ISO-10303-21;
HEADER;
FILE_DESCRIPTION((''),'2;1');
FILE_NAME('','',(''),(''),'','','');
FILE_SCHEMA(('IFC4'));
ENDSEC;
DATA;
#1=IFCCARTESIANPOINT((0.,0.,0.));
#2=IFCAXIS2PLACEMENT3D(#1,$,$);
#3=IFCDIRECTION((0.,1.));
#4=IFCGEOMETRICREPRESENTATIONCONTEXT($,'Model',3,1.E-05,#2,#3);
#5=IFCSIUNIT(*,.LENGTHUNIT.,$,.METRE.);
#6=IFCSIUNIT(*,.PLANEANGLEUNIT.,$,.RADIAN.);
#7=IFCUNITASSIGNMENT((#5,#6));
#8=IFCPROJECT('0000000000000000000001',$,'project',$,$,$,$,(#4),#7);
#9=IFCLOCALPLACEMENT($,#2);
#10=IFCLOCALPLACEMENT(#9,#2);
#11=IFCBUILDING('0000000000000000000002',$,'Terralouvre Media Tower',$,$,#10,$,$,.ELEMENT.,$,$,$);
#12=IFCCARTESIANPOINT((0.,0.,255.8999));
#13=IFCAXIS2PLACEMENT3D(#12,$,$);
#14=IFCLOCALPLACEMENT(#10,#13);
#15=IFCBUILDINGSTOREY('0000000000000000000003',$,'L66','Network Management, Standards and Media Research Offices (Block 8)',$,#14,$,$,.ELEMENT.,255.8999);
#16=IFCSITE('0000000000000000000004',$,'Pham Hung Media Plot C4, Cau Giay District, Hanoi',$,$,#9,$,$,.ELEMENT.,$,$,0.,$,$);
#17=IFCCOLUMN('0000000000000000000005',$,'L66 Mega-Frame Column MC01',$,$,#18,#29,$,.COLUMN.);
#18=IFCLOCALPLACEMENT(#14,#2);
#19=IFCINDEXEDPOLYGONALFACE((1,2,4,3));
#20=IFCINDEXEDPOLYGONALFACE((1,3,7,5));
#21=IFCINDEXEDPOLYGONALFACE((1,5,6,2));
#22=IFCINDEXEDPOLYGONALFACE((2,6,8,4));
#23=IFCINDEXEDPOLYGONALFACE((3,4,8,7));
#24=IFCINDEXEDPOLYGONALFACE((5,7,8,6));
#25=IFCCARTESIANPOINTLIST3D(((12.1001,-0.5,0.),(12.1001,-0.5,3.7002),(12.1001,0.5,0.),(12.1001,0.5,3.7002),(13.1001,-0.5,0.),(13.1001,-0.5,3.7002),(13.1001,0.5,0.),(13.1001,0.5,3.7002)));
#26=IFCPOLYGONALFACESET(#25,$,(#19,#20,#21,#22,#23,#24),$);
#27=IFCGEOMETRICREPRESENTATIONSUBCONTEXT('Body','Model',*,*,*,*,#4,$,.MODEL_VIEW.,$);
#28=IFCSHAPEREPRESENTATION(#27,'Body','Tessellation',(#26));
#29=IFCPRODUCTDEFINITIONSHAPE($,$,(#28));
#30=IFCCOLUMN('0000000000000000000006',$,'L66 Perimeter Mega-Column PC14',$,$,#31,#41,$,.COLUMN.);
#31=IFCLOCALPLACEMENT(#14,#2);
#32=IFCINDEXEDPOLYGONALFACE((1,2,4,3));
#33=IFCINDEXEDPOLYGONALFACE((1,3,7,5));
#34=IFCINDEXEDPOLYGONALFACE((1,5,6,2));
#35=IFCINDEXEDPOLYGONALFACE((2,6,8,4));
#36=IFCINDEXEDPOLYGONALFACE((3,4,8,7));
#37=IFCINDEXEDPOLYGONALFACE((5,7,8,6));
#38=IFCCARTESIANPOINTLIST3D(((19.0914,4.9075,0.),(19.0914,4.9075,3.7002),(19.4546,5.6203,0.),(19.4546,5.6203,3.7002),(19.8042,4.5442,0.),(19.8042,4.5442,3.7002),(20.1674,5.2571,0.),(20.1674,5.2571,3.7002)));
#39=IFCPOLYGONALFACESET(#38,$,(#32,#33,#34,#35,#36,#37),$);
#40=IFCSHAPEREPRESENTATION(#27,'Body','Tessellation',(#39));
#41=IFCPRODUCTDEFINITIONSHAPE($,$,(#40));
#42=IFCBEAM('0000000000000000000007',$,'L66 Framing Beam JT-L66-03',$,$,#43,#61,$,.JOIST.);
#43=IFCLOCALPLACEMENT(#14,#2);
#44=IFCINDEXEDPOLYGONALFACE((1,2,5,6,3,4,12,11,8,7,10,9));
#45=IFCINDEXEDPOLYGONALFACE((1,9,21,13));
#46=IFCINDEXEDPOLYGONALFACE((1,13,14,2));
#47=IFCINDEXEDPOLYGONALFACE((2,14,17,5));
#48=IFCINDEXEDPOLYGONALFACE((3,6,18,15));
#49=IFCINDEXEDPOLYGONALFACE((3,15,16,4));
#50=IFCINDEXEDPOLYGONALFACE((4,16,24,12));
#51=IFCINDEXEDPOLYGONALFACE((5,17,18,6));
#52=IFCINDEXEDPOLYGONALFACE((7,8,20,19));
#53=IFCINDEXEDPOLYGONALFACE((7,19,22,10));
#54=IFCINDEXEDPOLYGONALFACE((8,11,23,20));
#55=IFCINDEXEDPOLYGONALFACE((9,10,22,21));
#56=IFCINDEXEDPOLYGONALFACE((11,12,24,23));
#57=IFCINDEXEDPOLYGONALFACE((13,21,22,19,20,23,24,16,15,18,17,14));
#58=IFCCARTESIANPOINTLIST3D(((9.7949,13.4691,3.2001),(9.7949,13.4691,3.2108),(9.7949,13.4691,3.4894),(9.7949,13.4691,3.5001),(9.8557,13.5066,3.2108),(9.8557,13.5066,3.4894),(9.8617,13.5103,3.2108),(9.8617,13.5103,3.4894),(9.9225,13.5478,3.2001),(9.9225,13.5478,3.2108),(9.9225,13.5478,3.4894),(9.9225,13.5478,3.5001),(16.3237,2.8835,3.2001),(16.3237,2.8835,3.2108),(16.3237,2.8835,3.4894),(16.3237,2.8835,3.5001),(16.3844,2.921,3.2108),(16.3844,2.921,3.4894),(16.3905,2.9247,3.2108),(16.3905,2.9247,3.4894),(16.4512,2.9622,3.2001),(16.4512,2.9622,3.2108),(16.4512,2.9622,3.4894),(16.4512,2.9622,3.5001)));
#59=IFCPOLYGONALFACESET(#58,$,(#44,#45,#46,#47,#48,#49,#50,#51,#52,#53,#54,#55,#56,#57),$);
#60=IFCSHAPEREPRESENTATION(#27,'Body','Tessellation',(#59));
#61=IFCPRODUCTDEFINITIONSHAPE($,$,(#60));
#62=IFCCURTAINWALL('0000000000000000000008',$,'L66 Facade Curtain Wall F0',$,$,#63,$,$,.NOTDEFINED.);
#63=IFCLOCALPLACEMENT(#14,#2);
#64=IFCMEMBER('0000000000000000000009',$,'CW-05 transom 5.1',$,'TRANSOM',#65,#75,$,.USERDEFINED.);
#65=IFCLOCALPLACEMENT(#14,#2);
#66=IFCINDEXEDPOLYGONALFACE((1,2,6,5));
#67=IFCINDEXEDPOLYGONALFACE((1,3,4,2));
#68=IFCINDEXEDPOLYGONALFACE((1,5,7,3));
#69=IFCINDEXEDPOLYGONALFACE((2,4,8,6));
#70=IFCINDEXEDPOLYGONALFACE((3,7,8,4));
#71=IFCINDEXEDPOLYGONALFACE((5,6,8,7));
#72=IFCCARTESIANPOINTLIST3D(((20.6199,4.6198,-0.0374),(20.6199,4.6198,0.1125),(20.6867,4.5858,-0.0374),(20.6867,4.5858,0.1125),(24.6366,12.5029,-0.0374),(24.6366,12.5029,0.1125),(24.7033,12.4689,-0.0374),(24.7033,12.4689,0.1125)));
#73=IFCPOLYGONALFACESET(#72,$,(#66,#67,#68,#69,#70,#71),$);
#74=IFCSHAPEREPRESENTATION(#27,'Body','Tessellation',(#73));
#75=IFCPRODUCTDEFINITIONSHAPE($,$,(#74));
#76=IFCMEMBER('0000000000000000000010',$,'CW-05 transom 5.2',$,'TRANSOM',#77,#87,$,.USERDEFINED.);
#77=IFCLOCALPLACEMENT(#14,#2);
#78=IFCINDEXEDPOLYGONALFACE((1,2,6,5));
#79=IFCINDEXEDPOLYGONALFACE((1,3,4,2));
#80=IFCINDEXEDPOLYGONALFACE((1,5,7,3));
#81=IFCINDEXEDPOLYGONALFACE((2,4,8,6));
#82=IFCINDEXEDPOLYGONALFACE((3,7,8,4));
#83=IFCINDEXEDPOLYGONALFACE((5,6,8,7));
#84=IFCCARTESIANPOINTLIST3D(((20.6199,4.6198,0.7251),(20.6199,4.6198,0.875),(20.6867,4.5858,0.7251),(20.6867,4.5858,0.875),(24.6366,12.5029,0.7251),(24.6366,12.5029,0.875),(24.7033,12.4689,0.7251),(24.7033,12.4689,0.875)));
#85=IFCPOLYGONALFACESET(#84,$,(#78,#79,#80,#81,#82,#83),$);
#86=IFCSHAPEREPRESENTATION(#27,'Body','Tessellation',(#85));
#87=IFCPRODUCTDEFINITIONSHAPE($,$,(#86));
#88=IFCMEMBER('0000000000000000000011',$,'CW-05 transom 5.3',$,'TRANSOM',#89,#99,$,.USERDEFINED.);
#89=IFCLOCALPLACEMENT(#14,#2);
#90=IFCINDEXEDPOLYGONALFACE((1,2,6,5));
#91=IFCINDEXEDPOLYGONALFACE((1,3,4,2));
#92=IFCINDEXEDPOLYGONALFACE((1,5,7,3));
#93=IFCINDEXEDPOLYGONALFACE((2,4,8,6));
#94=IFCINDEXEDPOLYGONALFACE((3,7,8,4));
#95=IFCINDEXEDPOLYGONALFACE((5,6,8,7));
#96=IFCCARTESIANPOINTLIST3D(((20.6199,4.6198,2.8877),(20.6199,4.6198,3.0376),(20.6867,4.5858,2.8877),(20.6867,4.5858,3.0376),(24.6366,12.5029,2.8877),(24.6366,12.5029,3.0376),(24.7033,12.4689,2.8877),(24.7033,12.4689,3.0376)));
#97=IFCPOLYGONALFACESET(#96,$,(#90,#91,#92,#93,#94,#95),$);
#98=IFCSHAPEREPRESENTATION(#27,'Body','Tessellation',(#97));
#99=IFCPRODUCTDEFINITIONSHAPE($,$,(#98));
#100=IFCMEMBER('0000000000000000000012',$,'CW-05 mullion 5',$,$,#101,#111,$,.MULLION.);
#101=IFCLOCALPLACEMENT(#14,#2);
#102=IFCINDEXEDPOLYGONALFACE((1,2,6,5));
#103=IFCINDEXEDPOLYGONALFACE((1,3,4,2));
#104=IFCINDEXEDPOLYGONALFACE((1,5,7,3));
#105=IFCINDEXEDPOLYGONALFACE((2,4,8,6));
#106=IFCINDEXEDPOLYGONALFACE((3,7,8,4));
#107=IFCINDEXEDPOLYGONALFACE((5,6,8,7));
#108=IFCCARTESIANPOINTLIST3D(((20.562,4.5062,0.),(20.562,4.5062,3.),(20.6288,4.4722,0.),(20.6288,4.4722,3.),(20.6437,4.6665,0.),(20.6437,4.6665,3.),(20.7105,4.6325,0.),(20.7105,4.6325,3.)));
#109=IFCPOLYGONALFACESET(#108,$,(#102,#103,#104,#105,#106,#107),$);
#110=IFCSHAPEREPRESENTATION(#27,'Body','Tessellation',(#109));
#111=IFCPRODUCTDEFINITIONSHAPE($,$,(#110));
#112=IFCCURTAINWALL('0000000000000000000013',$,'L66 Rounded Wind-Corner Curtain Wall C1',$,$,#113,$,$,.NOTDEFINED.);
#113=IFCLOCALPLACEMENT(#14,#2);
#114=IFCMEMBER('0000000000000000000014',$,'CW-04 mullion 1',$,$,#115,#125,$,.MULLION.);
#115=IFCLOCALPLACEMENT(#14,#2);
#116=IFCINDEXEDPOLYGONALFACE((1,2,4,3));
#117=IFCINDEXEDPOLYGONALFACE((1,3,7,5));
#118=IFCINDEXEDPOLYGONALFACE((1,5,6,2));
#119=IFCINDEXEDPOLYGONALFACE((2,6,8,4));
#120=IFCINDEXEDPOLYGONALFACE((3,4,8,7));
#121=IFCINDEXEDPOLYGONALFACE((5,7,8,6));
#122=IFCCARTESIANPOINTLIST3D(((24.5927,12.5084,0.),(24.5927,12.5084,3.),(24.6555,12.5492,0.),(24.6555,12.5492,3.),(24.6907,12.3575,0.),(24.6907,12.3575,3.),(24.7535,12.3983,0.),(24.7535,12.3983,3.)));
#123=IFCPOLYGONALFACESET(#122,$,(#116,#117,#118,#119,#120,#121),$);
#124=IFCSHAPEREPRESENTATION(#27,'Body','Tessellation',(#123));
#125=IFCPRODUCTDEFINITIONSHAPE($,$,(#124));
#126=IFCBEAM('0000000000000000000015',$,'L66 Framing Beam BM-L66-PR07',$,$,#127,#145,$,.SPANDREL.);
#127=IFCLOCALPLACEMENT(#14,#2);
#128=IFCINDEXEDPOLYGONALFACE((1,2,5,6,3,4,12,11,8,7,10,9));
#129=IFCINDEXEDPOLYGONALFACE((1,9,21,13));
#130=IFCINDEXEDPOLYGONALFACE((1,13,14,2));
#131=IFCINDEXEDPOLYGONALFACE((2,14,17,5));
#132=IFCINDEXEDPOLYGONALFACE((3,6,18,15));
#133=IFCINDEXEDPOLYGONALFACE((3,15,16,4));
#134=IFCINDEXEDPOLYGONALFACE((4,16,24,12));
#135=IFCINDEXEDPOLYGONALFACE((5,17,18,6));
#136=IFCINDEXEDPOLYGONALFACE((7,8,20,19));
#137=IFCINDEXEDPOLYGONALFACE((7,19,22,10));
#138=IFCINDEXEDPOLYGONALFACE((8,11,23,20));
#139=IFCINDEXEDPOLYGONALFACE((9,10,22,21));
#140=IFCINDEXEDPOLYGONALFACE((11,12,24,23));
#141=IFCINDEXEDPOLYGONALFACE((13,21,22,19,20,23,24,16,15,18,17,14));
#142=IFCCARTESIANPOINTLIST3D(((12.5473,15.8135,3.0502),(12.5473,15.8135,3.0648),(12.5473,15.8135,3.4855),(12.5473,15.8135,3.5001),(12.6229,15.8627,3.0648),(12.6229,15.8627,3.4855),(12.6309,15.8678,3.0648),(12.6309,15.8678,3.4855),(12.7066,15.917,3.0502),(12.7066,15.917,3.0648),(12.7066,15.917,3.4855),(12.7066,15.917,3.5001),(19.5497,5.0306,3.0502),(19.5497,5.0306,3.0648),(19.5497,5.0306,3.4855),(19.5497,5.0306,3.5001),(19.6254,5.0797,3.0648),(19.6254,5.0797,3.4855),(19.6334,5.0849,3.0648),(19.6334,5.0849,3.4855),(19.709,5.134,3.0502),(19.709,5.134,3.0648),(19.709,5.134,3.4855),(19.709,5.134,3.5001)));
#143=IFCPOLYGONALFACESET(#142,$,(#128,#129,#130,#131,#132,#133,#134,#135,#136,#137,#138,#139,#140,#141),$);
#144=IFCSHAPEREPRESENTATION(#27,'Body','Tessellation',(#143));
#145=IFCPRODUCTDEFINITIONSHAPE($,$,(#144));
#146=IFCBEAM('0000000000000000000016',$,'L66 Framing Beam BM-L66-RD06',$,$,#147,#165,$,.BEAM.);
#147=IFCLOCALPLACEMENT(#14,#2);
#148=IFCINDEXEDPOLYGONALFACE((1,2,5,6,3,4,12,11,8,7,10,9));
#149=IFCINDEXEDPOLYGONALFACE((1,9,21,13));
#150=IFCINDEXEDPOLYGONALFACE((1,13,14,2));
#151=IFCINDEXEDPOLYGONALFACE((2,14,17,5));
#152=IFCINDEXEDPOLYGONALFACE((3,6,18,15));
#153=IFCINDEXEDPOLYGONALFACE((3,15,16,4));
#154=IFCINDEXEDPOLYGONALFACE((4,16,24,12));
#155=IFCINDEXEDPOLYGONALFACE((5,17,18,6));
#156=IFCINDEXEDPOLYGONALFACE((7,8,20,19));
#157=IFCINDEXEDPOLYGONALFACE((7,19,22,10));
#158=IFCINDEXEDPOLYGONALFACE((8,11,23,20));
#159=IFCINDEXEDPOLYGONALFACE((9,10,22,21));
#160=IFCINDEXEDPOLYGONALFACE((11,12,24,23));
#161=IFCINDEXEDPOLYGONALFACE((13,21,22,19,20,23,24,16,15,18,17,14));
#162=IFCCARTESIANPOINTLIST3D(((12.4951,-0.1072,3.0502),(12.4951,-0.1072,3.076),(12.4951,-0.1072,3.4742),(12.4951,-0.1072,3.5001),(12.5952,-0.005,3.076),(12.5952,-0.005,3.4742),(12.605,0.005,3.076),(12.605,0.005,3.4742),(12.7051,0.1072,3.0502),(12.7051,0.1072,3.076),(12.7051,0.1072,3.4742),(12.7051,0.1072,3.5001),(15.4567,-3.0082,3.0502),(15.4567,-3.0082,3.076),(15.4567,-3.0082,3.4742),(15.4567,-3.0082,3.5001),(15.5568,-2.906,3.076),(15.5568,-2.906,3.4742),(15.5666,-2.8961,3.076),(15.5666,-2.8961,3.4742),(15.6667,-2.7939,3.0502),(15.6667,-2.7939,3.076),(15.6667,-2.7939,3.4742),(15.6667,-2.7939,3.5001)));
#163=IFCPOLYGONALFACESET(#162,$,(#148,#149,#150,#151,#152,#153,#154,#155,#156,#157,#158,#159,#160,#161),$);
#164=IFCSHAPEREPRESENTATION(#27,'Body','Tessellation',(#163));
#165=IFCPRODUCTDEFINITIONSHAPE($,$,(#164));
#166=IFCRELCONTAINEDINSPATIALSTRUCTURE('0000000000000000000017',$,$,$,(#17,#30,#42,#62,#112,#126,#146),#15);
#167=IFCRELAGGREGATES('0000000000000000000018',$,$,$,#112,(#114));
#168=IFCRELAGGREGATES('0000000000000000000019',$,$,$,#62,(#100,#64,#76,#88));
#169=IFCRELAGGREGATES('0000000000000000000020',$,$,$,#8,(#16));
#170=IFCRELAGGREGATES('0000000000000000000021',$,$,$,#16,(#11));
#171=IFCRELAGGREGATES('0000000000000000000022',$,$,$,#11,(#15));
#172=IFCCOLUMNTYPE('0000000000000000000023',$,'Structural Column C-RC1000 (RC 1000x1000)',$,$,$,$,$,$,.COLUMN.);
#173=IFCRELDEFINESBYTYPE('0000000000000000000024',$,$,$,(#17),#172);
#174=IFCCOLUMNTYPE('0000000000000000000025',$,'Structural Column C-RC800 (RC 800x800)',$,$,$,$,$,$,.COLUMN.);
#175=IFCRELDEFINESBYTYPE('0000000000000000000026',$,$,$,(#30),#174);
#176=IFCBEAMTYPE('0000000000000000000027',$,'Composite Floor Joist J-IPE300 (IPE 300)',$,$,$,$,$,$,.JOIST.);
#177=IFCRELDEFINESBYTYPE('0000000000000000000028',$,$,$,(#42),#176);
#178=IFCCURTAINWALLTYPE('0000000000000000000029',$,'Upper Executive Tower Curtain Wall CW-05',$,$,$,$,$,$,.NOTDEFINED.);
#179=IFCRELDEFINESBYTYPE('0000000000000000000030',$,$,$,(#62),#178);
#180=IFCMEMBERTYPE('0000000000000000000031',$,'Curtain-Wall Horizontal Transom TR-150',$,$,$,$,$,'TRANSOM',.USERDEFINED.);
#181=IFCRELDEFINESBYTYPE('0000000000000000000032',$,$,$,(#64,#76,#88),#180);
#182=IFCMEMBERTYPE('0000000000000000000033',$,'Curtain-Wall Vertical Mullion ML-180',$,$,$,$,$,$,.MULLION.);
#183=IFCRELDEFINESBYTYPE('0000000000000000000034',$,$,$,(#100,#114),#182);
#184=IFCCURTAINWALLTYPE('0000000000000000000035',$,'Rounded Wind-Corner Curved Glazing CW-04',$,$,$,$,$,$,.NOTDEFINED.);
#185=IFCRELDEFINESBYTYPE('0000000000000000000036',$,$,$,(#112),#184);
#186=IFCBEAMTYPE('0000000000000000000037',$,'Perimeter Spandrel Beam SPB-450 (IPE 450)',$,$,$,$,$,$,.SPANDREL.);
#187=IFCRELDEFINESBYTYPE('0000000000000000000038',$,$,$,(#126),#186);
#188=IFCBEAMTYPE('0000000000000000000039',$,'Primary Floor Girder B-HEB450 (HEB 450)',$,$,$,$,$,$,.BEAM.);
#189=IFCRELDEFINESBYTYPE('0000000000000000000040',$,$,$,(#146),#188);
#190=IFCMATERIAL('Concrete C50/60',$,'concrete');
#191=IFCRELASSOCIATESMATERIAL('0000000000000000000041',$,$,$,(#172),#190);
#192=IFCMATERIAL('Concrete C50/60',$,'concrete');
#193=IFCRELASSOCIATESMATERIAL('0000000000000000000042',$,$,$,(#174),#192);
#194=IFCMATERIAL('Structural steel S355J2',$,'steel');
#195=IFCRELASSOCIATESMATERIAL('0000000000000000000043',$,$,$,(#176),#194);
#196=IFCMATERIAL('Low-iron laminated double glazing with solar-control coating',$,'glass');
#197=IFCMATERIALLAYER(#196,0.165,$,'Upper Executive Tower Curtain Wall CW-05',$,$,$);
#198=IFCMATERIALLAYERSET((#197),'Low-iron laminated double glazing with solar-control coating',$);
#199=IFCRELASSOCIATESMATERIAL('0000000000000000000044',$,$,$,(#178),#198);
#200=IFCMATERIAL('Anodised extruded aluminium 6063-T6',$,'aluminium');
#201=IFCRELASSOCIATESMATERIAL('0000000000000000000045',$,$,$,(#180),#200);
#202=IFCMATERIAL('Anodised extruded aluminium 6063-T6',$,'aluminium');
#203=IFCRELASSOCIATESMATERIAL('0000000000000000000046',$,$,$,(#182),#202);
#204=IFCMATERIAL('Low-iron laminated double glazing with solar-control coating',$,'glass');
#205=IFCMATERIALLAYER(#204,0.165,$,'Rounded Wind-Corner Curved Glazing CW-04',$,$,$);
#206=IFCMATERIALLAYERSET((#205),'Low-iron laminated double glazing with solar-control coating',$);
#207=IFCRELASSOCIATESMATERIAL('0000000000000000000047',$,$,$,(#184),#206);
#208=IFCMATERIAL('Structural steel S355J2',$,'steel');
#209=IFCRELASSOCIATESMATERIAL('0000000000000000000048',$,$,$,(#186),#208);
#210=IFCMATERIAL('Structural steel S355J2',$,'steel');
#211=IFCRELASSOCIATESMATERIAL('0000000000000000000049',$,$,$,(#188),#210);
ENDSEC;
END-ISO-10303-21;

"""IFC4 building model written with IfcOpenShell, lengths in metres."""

from ifc_helpers import new_model, si_unit, direction, frame, origin, origin_2d, place, context, subcontext, project, spatial, rectangle, i_section, extrude, material, layer, layer_set, material_profile, profile_set, type_object, element, aggregate, save


model = new_model("IFC4")

# Units and contexts
model_context = context("Model", 3, precision=1e-05, world=origin(), true_north=direction((0.0, 1.0)))
body_context = subcontext(model_context, "Body", "Model", "MODEL_VIEW")
ifc_project = project(units=[si_unit("LENGTHUNIT", "METRE"), si_unit("PLANEANGLEUNIT", "RADIAN")], contexts=[model_context])

# Site, building, storey
site_placement = place(None, origin())
site = spatial("IfcSite", under=ifc_project, at=site_placement, Name="Pham Hung Media Plot C4, Cau Giay District, Hanoi", CompositionType="ELEMENT", RefElevation=0.0)
building_placement = place(site_placement, origin())
building = spatial("IfcBuilding", under=site, at=building_placement, Name="Terralouvre Media Tower", CompositionType="ELEMENT")
storey_placement = place(building_placement, frame((0.0, 0.0, 255.8999)))
storey = spatial("IfcBuildingStorey", under=building, at=storey_placement, Name="L66", Description="Network Management, Standards and Media Research Offices (Block 8)", CompositionType="ELEMENT", Elevation=255.8999)

# Columns
ifc_material_1 = material(Name="Concrete C50/60", Category="concrete")
ifc_material_profile_1 = material_profile(ifc_material_1, rectangle(XDim=1.0, YDim=1.0, at=origin_2d()), Name="RC 1000x1000")
ifc_profile_set_1 = profile_set([ifc_material_profile_1], Name="Concrete C50/60")
column_type_1 = type_object("IfcColumnType", Name="Structural Column C-RC1000 (RC 1000x1000)", PredefinedType="COLUMN", material=ifc_profile_set_1)
column_1_placement = place(storey_placement, frame((12.6001, 0.0, 0.0), z_axis=(0.0, 0.0, 1.0), x_axis=(1.0, 0.0, 0.0)))
element("IfcColumn", 1, at=column_1_placement, inside=storey, type_object=column_type_1, Name="L66 Mega-Frame Column MC01", PredefinedType="COLUMN", context=body_context, shape_type="SweptSolid", body=[
    extrude(rectangle(XDim=1.0, YDim=1.0, at=origin_2d()), origin(), (0.0, 0.0, 1.0), 3.7002),
])
ifc_material_2 = material(Name="Concrete C50/60", Category="concrete")
ifc_material_profile_2 = material_profile(ifc_material_2, rectangle(XDim=0.8, YDim=0.8, at=origin_2d()), Name="RC 800x800")
ifc_profile_set_2 = profile_set([ifc_material_profile_2], Name="Concrete C50/60")
column_type_2 = type_object("IfcColumnType", Name="Structural Column C-RC800 (RC 800x800)", PredefinedType="COLUMN", material=ifc_profile_set_2)
column_2_placement = place(storey_placement, frame((19.6294, 5.0823, 0.0), z_axis=(0.0, 0.0, 1.0), x_axis=(0.45399, 0.891007, 0.0)))
element("IfcColumn", 2, at=column_2_placement, inside=storey, type_object=column_type_2, Name="L66 Perimeter Mega-Column PC14", PredefinedType="COLUMN", context=body_context, shape_type="SweptSolid", body=[
    extrude(rectangle(XDim=0.8, YDim=0.8, at=origin_2d()), origin(), (0.0, 0.0, 1.0), 3.7002),
])

# Beam
ifc_material_3 = material(Name="Structural steel S355J2", Category="steel")
ifc_material_profile_3 = material_profile(ifc_material_3, i_section(OverallWidth=0.1499, OverallDepth=0.3, WebThickness=0.0071, FlangeThickness=0.0107, at=origin_2d()), Name="IPE 300")
ifc_profile_set_3 = profile_set([ifc_material_profile_3], Name="Structural steel S355J2")
beam_type_1 = type_object("IfcBeamType", Name="Composite Floor Joist J-IPE300 (IPE 300)", PredefinedType="JOIST", material=ifc_profile_set_3)
beam_1_placement = place(storey_placement, frame((16.3875, 2.9229, 3.3501), z_axis=(-0.524945, 0.851136, 0.0), x_axis=(-0.851136, -0.524945, 0.0)))
element("IfcBeam", 3, at=beam_1_placement, inside=storey, type_object=beam_type_1, Name="L66 Framing Beam JT-L66-03", PredefinedType="JOIST", context=body_context, shape_type="SweptSolid", body=[
    extrude(i_section(OverallWidth=0.1499, OverallDepth=0.3, WebThickness=0.0071, FlangeThickness=0.0107, at=origin_2d()), origin(), (0.0, 0.0, 1.0), 12.437),
])

# Curtain wall, members
ifc_material_4 = material(Name="Low-iron laminated double glazing with solar-control coating", Category="glass")
ifc_layer_1 = layer(ifc_material_4, 0.165, Name="Upper Executive Tower Curtain Wall CW-05")
ifc_layer_set_1 = layer_set([ifc_layer_1], Name="Low-iron laminated double glazing with solar-control coating")
curtain_wall_type_1 = type_object("IfcCurtainWallType", Name="Upper Executive Tower Curtain Wall CW-05", PredefinedType="NOTDEFINED", material=ifc_layer_set_1)
curtain_wall_1_placement = place(storey_placement, origin())
curtain_wall_1 = element("IfcCurtainWall", 4, at=curtain_wall_1_placement, inside=storey, type_object=curtain_wall_type_1, Name="L66 Facade Curtain Wall F0", PredefinedType="NOTDEFINED")
ifc_material_5 = material(Name="Anodised extruded aluminium 6063-T6", Category="aluminium")
ifc_material_profile_4 = material_profile(ifc_material_5, rectangle(XDim=0.075, YDim=0.1499, at=origin_2d()), Name="ALU 75x150")
ifc_profile_set_4 = profile_set([ifc_material_profile_4], Name="Anodised extruded aluminium 6063-T6")
member_type_1 = type_object("IfcMemberType", Name="Curtain-Wall Horizontal Transom TR-150", ElementType="TRANSOM", PredefinedType="USERDEFINED", material=ifc_profile_set_4)
member_1_placement = place(storey_placement, frame((20.6533, 4.6028, 0.0376), z_axis=(0.453989, 0.891007, 0.0), x_axis=(-0.891007, 0.453989, 0.0)))
member_1 = element("IfcMember", 5, at=member_1_placement, type_object=member_type_1, Name="CW-05 transom 5.1", ObjectType="TRANSOM", PredefinedType="USERDEFINED", context=body_context, shape_type="SweptSolid", body=[
    extrude(rectangle(XDim=0.075, YDim=0.1499, at=origin_2d()), origin(), (0.0, 0.0, 1.0), 8.8474),
])
member_2_placement = place(storey_placement, frame((20.6533, 4.6028, 0.8), z_axis=(0.453989, 0.891007, 0.0), x_axis=(-0.891007, 0.453989, 0.0)))
member_2 = element("IfcMember", 6, at=member_2_placement, type_object=member_type_1, Name="CW-05 transom 5.2", ObjectType="TRANSOM", PredefinedType="USERDEFINED", context=body_context, shape_type="SweptSolid", body=[
    extrude(rectangle(XDim=0.075, YDim=0.1499, at=origin_2d()), origin(), (0.0, 0.0, 1.0), 8.8474),
])
member_3_placement = place(storey_placement, frame((20.6533, 4.6028, 2.9626), z_axis=(0.453989, 0.891007, 0.0), x_axis=(-0.891007, 0.453989, 0.0)))
member_3 = element("IfcMember", 7, at=member_3_placement, type_object=member_type_1, Name="CW-05 transom 5.3", ObjectType="TRANSOM", PredefinedType="USERDEFINED", context=body_context, shape_type="SweptSolid", body=[
    extrude(rectangle(XDim=0.075, YDim=0.1499, at=origin_2d()), origin(), (0.0, 0.0, 1.0), 8.8474),
])
ifc_material_6 = material(Name="Anodised extruded aluminium 6063-T6", Category="aluminium")
ifc_material_profile_5 = material_profile(ifc_material_6, rectangle(XDim=0.075, YDim=0.1799, at=origin_2d()), Name="ALU 75x180")
ifc_profile_set_5 = profile_set([ifc_material_profile_5], Name="Anodised extruded aluminium 6063-T6")
member_type_2 = type_object("IfcMemberType", Name="Curtain-Wall Vertical Mullion ML-180", PredefinedType="MULLION", material=ifc_profile_set_5)
member_4_placement = place(storey_placement, frame((20.6362, 4.5693, 0.0), z_axis=(0.0, 0.0, 1.0), x_axis=(-0.891007, 0.45399, 0.0)))
member_4 = element("IfcMember", 8, at=member_4_placement, type_object=member_type_2, Name="CW-05 mullion 5", PredefinedType="MULLION", context=body_context, shape_type="SweptSolid", body=[
    extrude(rectangle(XDim=0.075, YDim=0.1799, at=origin_2d()), origin(), (0.0, 0.0, 1.0), 3.0),
])

# Curtain wall, member
ifc_material_7 = material(Name="Low-iron laminated double glazing with solar-control coating", Category="glass")
ifc_layer_2 = layer(ifc_material_7, 0.165, Name="Rounded Wind-Corner Curved Glazing CW-04")
ifc_layer_set_2 = layer_set([ifc_layer_2], Name="Low-iron laminated double glazing with solar-control coating")
curtain_wall_type_2 = type_object("IfcCurtainWallType", Name="Rounded Wind-Corner Curved Glazing CW-04", PredefinedType="NOTDEFINED", material=ifc_layer_set_2)
curtain_wall_2_placement = place(storey_placement, origin())
curtain_wall_2 = element("IfcCurtainWall", 9, at=curtain_wall_2_placement, inside=storey, type_object=curtain_wall_type_2, Name="L66 Rounded Wind-Corner Curtain Wall C1", PredefinedType="NOTDEFINED")
member_5_placement = place(storey_placement, frame((24.6731, 12.4534, 0.0), z_axis=(0.0, 0.0, 1.0), x_axis=(-0.83867, -0.544639, 0.0)))
member_5 = element("IfcMember", 10, at=member_5_placement, type_object=member_type_2, Name="CW-04 mullion 1", PredefinedType="MULLION", context=body_context, shape_type="SweptSolid", body=[
    extrude(rectangle(XDim=0.075, YDim=0.1799, at=origin_2d()), origin(), (0.0, 0.0, 1.0), 3.0),
])
aggregate(curtain_wall_2, [member_5])

# Beams
ifc_material_8 = material(Name="Structural steel S355J2", Category="steel")
ifc_material_profile_6 = material_profile(ifc_material_8, i_section(OverallWidth=0.1899, OverallDepth=0.45, WebThickness=0.0095, FlangeThickness=0.0146, at=origin_2d()), Name="IPE 450")
ifc_profile_set_6 = profile_set([ifc_material_profile_6], Name="Structural steel S355J2")
beam_type_2 = type_object("IfcBeamType", Name="Perimeter Spandrel Beam SPB-450 (IPE 450)", PredefinedType="SPANDREL", material=ifc_profile_set_6)
beam_2_placement = place(storey_placement, frame((19.6294, 5.0823, 3.2751), z_axis=(-0.544634, 0.838674, 0.0), x_axis=(-0.838674, -0.544634, 0.0)))
element("IfcBeam", 11, at=beam_2_placement, inside=storey, type_object=beam_type_2, Name="L66 Framing Beam BM-L66-PR07", PredefinedType="SPANDREL", context=body_context, shape_type="SweptSolid", body=[
    extrude(i_section(OverallWidth=0.1899, OverallDepth=0.45, WebThickness=0.0095, FlangeThickness=0.0146, at=origin_2d()), origin(), (0.0, 0.0, 1.0), 12.8572),
])
ifc_material_9 = material(Name="Structural steel S355J2", Category="steel")
ifc_material_profile_7 = material_profile(ifc_material_9, i_section(OverallWidth=0.3, OverallDepth=0.45, WebThickness=0.0139, FlangeThickness=0.0259, at=origin_2d()), Name="HEB 450")
ifc_profile_set_7 = profile_set([ifc_material_profile_7], Name="Structural steel S355J2")
beam_type_3 = type_object("IfcBeamType", Name="Primary Floor Girder B-HEB450 (HEB 450)", PredefinedType="BEAM", material=ifc_profile_set_7)
beam_3_placement = place(storey_placement, frame((12.6001, 0.0, 3.2751), z_axis=(0.714371, -0.699767, 0.0), x_axis=(0.699767, 0.714371, 0.0)))
element("IfcBeam", 12, at=beam_3_placement, inside=storey, type_object=beam_type_3, Name="L66 Framing Beam BM-L66-RD06", PredefinedType="BEAM", context=body_context, shape_type="SweptSolid", body=[
    extrude(i_section(OverallWidth=0.3, OverallDepth=0.45, WebThickness=0.0139, FlangeThickness=0.0259, at=origin_2d()), origin(), (0.0, 0.0, 1.0), 4.1458),
])

aggregate(curtain_wall_1, [member_4, member_1, member_2, member_3])

save(model, "model.ifc")
